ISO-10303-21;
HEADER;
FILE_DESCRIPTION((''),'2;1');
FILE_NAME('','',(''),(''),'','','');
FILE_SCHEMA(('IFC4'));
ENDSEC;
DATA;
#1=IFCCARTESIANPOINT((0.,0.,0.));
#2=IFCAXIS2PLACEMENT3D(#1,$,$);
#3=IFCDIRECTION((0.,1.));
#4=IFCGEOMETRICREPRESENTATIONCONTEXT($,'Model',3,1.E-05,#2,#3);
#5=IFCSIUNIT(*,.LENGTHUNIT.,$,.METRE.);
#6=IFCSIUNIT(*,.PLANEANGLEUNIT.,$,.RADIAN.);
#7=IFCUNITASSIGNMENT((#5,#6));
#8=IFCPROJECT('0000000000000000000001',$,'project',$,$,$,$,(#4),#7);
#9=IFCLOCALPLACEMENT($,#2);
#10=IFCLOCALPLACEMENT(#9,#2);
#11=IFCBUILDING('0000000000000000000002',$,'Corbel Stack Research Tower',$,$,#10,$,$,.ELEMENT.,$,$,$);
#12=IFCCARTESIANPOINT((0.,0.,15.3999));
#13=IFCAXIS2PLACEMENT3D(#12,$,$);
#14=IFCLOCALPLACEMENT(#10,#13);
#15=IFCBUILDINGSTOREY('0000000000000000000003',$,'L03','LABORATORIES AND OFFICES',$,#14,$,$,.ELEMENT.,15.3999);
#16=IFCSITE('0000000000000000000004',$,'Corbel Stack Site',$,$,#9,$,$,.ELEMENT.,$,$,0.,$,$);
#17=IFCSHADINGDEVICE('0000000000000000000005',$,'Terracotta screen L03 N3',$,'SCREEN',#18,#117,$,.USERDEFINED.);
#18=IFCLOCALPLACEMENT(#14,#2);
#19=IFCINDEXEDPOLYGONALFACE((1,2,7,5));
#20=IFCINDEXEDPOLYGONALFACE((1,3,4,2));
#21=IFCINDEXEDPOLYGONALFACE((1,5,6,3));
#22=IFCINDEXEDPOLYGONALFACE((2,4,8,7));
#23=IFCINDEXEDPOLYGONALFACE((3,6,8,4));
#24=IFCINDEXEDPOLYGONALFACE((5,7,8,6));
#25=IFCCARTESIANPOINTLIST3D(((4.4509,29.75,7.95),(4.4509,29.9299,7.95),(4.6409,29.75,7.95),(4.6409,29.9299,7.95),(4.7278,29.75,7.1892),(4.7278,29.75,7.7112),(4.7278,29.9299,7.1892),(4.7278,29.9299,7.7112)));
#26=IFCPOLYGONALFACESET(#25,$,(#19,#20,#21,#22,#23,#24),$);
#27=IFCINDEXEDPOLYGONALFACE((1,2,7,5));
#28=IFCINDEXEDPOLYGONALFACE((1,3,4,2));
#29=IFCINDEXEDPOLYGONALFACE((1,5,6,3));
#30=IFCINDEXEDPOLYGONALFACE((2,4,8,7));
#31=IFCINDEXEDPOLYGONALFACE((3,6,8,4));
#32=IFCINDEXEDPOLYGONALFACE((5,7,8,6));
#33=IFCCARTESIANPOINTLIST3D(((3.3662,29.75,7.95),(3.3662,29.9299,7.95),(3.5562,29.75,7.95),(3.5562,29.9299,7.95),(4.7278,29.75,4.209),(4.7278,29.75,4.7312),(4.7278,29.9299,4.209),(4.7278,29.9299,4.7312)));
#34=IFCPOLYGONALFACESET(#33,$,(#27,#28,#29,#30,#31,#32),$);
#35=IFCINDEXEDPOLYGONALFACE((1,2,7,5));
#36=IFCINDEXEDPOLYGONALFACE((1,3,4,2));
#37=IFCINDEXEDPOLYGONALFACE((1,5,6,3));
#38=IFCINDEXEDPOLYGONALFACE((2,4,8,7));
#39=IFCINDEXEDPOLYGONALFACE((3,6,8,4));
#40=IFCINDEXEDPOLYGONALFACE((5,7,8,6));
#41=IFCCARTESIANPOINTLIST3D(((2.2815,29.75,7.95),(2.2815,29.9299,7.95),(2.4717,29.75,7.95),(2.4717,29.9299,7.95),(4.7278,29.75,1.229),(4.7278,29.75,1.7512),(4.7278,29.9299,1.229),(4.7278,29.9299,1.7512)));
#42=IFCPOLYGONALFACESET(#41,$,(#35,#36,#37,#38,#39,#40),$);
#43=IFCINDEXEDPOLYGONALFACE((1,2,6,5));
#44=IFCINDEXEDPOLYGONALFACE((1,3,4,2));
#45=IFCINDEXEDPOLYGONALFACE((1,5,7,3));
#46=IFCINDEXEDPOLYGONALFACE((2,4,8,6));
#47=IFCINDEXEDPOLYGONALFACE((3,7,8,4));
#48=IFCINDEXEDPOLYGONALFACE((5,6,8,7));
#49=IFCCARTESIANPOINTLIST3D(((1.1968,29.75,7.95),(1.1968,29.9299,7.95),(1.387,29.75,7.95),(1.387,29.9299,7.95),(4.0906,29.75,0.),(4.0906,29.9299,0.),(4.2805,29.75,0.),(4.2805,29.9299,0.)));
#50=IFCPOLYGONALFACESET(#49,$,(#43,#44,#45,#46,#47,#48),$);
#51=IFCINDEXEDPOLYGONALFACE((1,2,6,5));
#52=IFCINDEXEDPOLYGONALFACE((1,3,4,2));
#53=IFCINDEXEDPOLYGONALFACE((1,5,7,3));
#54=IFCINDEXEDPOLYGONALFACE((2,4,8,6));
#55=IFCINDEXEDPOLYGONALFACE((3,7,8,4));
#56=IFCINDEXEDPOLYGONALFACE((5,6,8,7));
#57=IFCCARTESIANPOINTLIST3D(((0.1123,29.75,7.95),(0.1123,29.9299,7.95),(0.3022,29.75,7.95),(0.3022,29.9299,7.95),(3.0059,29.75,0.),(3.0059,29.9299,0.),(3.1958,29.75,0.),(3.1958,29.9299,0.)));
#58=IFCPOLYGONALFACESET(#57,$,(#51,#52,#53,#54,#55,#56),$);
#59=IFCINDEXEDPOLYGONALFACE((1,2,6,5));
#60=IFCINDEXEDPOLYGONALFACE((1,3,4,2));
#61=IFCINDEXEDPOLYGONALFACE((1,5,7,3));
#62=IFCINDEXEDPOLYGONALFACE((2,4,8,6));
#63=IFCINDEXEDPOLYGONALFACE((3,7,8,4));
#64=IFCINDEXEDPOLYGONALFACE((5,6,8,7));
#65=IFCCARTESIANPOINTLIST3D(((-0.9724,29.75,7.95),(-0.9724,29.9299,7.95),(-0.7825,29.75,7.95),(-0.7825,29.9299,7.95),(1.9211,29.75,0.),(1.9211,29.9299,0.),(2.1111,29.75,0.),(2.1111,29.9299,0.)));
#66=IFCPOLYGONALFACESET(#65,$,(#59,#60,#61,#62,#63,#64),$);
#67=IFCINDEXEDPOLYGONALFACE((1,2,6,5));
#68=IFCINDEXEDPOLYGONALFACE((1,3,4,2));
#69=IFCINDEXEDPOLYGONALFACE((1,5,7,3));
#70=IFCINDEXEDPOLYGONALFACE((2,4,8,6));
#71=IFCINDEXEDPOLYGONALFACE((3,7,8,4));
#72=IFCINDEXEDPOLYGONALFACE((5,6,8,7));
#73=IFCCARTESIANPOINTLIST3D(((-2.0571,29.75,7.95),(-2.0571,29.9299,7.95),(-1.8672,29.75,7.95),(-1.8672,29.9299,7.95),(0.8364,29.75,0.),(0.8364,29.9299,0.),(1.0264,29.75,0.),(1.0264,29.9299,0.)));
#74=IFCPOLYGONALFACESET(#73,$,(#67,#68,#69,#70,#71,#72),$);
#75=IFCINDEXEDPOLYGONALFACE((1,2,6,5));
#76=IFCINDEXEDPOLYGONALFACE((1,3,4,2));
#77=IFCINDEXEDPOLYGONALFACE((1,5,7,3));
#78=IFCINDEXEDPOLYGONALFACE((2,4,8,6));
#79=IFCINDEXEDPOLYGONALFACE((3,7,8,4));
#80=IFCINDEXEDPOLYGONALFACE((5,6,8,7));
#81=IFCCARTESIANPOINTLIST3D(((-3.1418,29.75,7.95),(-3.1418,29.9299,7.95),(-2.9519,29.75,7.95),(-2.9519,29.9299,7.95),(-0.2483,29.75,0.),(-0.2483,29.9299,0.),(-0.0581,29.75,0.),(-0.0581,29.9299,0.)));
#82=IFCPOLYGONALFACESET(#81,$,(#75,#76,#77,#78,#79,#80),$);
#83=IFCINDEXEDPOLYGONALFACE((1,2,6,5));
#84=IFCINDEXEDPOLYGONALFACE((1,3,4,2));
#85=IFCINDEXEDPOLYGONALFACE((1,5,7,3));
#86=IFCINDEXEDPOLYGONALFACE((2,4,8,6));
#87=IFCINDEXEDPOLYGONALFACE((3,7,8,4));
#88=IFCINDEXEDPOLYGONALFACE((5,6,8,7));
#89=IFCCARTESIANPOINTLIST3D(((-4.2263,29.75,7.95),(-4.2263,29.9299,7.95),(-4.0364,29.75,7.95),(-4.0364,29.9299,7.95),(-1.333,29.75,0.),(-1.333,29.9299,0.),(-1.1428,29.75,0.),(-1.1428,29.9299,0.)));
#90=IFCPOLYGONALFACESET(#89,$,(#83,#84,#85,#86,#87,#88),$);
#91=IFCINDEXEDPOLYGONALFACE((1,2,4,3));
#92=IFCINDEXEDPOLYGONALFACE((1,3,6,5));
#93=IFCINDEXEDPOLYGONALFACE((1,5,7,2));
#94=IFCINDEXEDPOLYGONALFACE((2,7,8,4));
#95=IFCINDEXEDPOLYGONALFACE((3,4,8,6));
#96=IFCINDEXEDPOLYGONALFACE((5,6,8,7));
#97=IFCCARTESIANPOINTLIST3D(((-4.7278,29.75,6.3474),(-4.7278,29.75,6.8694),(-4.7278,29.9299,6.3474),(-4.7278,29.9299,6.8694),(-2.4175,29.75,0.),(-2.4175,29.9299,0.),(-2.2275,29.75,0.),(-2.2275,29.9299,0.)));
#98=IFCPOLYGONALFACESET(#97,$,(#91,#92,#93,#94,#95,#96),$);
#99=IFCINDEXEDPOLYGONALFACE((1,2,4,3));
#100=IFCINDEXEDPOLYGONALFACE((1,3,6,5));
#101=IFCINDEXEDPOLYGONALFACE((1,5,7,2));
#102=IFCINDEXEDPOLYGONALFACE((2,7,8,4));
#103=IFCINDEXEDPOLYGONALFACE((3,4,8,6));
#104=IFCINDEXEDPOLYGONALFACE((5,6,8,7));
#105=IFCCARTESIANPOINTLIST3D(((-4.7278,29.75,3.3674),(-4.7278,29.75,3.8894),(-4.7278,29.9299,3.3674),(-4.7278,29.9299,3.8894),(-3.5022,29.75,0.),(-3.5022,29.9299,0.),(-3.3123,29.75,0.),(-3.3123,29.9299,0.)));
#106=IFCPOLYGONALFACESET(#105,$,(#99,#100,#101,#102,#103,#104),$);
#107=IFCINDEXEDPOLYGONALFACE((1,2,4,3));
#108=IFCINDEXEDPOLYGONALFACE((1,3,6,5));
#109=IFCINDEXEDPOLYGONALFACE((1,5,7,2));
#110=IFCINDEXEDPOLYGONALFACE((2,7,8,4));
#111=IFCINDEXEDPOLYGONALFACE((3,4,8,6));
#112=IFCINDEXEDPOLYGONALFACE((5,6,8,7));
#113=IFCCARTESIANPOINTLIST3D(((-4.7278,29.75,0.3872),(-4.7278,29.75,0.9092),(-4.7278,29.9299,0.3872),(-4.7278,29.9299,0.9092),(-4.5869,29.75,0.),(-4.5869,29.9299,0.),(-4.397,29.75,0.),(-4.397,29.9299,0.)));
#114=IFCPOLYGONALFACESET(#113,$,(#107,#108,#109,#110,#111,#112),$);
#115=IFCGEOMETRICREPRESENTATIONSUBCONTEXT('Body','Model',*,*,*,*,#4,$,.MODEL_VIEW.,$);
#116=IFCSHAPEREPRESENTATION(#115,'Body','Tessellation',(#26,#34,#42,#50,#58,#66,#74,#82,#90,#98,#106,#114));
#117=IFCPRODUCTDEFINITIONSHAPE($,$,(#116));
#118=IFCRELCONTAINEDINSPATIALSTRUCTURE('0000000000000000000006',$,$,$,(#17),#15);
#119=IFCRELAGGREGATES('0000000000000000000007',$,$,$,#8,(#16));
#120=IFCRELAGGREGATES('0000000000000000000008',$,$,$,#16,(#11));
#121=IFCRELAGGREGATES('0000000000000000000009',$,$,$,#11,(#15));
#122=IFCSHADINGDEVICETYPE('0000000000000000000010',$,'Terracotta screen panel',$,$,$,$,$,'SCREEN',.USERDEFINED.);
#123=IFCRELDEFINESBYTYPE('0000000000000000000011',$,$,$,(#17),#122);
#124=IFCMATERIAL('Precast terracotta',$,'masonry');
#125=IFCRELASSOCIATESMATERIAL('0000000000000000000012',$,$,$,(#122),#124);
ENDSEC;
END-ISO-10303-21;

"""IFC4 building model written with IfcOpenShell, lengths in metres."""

from ifc_helpers import new_model, si_unit, direction, frame, origin, place, context, subcontext, project, spatial, polyline, outline, extrude, source, transform, mapped, material, type_object, element, save


model = new_model("IFC4")

# Units and contexts
model_context = context("Model", 3, precision=1e-05, world=origin(), true_north=direction((0.0, 1.0)))
body_context = subcontext(model_context, "Body", "Model", "MODEL_VIEW")
ifc_project = project(units=[si_unit("LENGTHUNIT", "METRE"), si_unit("PLANEANGLEUNIT", "RADIAN")], contexts=[model_context])

# Site, building, storey
site_placement = place(None, origin())
site = spatial("IfcSite", under=ifc_project, at=site_placement, Name="Corbel Stack Site", CompositionType="ELEMENT", RefElevation=0.0)
building_placement = place(site_placement, origin())
building = spatial("IfcBuilding", under=site, at=building_placement, Name="Corbel Stack Research Tower", CompositionType="ELEMENT")
storey_placement = place(building_placement, frame((0.0, 0.0, 15.3999)))
storey = spatial("IfcBuildingStorey", under=building, at=storey_placement, Name="L03", Description="LABORATORIES AND OFFICES", CompositionType="ELEMENT", Elevation=15.3999)

# Shading device
ifc_material_1 = material(Name="Precast terracotta", Category="masonry")
shading_device_type = type_object("IfcShadingDeviceType", Name="Terracotta screen panel", ElementType="SCREEN", PredefinedType="USERDEFINED", material=ifc_material_1)
shared_shape_1 = source(origin(), body_context, "Body", "SweptSolid", [
    extrude(outline(polyline([(0.2769, 7.95), (0.0869, 7.95), (0.0, 7.7112), (0.0, 7.1892), (0.2769, 7.95)])), frame((0.0, 0.0, 0.0), z_axis=(0.0, -1.0, 0.0), x_axis=(1.0, 0.0, 0.0)), (0.0, 0.0, 1.0), 0.1799),
    extrude(outline(polyline([(1.3616, 7.95), (1.1716, 7.95), (0.0, 4.7312), (0.0, 4.209), (1.3616, 7.95)])), frame((0.0, 0.0, 0.0), z_axis=(0.0, -1.0, 0.0), x_axis=(1.0, 0.0, 0.0)), (0.0, 0.0, 1.0), 0.1799),
    extrude(outline(polyline([(2.4463, 7.95), (2.2561, 7.95), (0.0, 1.7512), (0.0, 1.229), (2.4463, 7.95)])), frame((0.0, 0.0, 0.0), z_axis=(0.0, -1.0, 0.0), x_axis=(1.0, 0.0, 0.0)), (0.0, 0.0, 1.0), 0.1799),
    extrude(outline(polyline([(0.6372, 0.0), (3.531, 7.95), (3.3408, 7.95), (0.4473, 0.0), (0.6372, 0.0)])), frame((0.0, 0.0, 0.0), z_axis=(0.0, -1.0, 0.0), x_axis=(1.0, 0.0, 0.0)), (0.0, 0.0, 1.0), 0.1799),
    extrude(outline(polyline([(1.7219, 0.0), (4.6155, 7.95), (4.4255, 7.95), (1.532, 0.0), (1.7219, 0.0)])), frame((0.0, 0.0, 0.0), z_axis=(0.0, -1.0, 0.0), x_axis=(1.0, 0.0, 0.0)), (0.0, 0.0, 1.0), 0.1799),
    extrude(outline(polyline([(2.8066, 0.0), (5.7002, 7.95), (5.5103, 7.95), (2.6167, 0.0), (2.8066, 0.0)])), frame((0.0, 0.0, 0.0), z_axis=(0.0, -1.0, 0.0), x_axis=(1.0, 0.0, 0.0)), (0.0, 0.0, 1.0), 0.1799),
    extrude(outline(polyline([(3.8914, 0.0), (6.7849, 7.95), (6.595, 7.95), (3.7014, 0.0), (3.8914, 0.0)])), frame((0.0, 0.0, 0.0), z_axis=(0.0, -1.0, 0.0), x_axis=(1.0, 0.0, 0.0)), (0.0, 0.0, 1.0), 0.1799),
    extrude(outline(polyline([(4.9761, 0.0), (7.8696, 7.95), (7.6797, 7.95), (4.7859, 0.0), (4.9761, 0.0)])), frame((0.0, 0.0, 0.0), z_axis=(0.0, -1.0, 0.0), x_axis=(1.0, 0.0, 0.0)), (0.0, 0.0, 1.0), 0.1799),
    extrude(outline(polyline([(6.0608, 0.0), (8.9541, 7.95), (8.7642, 7.95), (5.8706, 0.0), (6.0608, 0.0)])), frame((0.0, 0.0, 0.0), z_axis=(0.0, -1.0, 0.0), x_axis=(1.0, 0.0, 0.0)), (0.0, 0.0, 1.0), 0.1799),
    extrude(outline(polyline([(7.1453, 0.0), (9.4556, 6.3474), (9.4556, 6.8694), (6.9553, 0.0), (7.1453, 0.0)])), frame((0.0, 0.0, 0.0), z_axis=(0.0, -1.0, 0.0), x_axis=(1.0, 0.0, 0.0)), (0.0, 0.0, 1.0), 0.1799),
    extrude(outline(polyline([(8.23, 0.0), (9.4556, 3.3674), (9.4556, 3.8894), (8.04, 0.0), (8.23, 0.0)])), frame((0.0, 0.0, 0.0), z_axis=(0.0, -1.0, 0.0), x_axis=(1.0, 0.0, 0.0)), (0.0, 0.0, 1.0), 0.1799),
    extrude(outline(polyline([(9.3147, 0.0), (9.4556, 0.3872), (9.4556, 0.9092), (9.1248, 0.0), (9.3147, 0.0)])), frame((0.0, 0.0, 0.0), z_axis=(0.0, -1.0, 0.0), x_axis=(1.0, 0.0, 0.0)), (0.0, 0.0, 1.0), 0.1799),
])
shading_device_1_placement = place(storey_placement, frame((4.7278, 29.75, 0.0), z_axis=(0.0, 0.0, 1.0), x_axis=(-1.0, 0.0, 0.0)))
element("IfcShadingDevice", 1, at=shading_device_1_placement, inside=storey, type_object=shading_device_type, Name="Terracotta screen L03 N3", ObjectType="SCREEN", PredefinedType="USERDEFINED", context=body_context, shape_type="MappedRepresentation", body=[
    mapped(shared_shape_1, transform((0.0, 0.0, 0.0))),
])

save(model, "model.ifc")
